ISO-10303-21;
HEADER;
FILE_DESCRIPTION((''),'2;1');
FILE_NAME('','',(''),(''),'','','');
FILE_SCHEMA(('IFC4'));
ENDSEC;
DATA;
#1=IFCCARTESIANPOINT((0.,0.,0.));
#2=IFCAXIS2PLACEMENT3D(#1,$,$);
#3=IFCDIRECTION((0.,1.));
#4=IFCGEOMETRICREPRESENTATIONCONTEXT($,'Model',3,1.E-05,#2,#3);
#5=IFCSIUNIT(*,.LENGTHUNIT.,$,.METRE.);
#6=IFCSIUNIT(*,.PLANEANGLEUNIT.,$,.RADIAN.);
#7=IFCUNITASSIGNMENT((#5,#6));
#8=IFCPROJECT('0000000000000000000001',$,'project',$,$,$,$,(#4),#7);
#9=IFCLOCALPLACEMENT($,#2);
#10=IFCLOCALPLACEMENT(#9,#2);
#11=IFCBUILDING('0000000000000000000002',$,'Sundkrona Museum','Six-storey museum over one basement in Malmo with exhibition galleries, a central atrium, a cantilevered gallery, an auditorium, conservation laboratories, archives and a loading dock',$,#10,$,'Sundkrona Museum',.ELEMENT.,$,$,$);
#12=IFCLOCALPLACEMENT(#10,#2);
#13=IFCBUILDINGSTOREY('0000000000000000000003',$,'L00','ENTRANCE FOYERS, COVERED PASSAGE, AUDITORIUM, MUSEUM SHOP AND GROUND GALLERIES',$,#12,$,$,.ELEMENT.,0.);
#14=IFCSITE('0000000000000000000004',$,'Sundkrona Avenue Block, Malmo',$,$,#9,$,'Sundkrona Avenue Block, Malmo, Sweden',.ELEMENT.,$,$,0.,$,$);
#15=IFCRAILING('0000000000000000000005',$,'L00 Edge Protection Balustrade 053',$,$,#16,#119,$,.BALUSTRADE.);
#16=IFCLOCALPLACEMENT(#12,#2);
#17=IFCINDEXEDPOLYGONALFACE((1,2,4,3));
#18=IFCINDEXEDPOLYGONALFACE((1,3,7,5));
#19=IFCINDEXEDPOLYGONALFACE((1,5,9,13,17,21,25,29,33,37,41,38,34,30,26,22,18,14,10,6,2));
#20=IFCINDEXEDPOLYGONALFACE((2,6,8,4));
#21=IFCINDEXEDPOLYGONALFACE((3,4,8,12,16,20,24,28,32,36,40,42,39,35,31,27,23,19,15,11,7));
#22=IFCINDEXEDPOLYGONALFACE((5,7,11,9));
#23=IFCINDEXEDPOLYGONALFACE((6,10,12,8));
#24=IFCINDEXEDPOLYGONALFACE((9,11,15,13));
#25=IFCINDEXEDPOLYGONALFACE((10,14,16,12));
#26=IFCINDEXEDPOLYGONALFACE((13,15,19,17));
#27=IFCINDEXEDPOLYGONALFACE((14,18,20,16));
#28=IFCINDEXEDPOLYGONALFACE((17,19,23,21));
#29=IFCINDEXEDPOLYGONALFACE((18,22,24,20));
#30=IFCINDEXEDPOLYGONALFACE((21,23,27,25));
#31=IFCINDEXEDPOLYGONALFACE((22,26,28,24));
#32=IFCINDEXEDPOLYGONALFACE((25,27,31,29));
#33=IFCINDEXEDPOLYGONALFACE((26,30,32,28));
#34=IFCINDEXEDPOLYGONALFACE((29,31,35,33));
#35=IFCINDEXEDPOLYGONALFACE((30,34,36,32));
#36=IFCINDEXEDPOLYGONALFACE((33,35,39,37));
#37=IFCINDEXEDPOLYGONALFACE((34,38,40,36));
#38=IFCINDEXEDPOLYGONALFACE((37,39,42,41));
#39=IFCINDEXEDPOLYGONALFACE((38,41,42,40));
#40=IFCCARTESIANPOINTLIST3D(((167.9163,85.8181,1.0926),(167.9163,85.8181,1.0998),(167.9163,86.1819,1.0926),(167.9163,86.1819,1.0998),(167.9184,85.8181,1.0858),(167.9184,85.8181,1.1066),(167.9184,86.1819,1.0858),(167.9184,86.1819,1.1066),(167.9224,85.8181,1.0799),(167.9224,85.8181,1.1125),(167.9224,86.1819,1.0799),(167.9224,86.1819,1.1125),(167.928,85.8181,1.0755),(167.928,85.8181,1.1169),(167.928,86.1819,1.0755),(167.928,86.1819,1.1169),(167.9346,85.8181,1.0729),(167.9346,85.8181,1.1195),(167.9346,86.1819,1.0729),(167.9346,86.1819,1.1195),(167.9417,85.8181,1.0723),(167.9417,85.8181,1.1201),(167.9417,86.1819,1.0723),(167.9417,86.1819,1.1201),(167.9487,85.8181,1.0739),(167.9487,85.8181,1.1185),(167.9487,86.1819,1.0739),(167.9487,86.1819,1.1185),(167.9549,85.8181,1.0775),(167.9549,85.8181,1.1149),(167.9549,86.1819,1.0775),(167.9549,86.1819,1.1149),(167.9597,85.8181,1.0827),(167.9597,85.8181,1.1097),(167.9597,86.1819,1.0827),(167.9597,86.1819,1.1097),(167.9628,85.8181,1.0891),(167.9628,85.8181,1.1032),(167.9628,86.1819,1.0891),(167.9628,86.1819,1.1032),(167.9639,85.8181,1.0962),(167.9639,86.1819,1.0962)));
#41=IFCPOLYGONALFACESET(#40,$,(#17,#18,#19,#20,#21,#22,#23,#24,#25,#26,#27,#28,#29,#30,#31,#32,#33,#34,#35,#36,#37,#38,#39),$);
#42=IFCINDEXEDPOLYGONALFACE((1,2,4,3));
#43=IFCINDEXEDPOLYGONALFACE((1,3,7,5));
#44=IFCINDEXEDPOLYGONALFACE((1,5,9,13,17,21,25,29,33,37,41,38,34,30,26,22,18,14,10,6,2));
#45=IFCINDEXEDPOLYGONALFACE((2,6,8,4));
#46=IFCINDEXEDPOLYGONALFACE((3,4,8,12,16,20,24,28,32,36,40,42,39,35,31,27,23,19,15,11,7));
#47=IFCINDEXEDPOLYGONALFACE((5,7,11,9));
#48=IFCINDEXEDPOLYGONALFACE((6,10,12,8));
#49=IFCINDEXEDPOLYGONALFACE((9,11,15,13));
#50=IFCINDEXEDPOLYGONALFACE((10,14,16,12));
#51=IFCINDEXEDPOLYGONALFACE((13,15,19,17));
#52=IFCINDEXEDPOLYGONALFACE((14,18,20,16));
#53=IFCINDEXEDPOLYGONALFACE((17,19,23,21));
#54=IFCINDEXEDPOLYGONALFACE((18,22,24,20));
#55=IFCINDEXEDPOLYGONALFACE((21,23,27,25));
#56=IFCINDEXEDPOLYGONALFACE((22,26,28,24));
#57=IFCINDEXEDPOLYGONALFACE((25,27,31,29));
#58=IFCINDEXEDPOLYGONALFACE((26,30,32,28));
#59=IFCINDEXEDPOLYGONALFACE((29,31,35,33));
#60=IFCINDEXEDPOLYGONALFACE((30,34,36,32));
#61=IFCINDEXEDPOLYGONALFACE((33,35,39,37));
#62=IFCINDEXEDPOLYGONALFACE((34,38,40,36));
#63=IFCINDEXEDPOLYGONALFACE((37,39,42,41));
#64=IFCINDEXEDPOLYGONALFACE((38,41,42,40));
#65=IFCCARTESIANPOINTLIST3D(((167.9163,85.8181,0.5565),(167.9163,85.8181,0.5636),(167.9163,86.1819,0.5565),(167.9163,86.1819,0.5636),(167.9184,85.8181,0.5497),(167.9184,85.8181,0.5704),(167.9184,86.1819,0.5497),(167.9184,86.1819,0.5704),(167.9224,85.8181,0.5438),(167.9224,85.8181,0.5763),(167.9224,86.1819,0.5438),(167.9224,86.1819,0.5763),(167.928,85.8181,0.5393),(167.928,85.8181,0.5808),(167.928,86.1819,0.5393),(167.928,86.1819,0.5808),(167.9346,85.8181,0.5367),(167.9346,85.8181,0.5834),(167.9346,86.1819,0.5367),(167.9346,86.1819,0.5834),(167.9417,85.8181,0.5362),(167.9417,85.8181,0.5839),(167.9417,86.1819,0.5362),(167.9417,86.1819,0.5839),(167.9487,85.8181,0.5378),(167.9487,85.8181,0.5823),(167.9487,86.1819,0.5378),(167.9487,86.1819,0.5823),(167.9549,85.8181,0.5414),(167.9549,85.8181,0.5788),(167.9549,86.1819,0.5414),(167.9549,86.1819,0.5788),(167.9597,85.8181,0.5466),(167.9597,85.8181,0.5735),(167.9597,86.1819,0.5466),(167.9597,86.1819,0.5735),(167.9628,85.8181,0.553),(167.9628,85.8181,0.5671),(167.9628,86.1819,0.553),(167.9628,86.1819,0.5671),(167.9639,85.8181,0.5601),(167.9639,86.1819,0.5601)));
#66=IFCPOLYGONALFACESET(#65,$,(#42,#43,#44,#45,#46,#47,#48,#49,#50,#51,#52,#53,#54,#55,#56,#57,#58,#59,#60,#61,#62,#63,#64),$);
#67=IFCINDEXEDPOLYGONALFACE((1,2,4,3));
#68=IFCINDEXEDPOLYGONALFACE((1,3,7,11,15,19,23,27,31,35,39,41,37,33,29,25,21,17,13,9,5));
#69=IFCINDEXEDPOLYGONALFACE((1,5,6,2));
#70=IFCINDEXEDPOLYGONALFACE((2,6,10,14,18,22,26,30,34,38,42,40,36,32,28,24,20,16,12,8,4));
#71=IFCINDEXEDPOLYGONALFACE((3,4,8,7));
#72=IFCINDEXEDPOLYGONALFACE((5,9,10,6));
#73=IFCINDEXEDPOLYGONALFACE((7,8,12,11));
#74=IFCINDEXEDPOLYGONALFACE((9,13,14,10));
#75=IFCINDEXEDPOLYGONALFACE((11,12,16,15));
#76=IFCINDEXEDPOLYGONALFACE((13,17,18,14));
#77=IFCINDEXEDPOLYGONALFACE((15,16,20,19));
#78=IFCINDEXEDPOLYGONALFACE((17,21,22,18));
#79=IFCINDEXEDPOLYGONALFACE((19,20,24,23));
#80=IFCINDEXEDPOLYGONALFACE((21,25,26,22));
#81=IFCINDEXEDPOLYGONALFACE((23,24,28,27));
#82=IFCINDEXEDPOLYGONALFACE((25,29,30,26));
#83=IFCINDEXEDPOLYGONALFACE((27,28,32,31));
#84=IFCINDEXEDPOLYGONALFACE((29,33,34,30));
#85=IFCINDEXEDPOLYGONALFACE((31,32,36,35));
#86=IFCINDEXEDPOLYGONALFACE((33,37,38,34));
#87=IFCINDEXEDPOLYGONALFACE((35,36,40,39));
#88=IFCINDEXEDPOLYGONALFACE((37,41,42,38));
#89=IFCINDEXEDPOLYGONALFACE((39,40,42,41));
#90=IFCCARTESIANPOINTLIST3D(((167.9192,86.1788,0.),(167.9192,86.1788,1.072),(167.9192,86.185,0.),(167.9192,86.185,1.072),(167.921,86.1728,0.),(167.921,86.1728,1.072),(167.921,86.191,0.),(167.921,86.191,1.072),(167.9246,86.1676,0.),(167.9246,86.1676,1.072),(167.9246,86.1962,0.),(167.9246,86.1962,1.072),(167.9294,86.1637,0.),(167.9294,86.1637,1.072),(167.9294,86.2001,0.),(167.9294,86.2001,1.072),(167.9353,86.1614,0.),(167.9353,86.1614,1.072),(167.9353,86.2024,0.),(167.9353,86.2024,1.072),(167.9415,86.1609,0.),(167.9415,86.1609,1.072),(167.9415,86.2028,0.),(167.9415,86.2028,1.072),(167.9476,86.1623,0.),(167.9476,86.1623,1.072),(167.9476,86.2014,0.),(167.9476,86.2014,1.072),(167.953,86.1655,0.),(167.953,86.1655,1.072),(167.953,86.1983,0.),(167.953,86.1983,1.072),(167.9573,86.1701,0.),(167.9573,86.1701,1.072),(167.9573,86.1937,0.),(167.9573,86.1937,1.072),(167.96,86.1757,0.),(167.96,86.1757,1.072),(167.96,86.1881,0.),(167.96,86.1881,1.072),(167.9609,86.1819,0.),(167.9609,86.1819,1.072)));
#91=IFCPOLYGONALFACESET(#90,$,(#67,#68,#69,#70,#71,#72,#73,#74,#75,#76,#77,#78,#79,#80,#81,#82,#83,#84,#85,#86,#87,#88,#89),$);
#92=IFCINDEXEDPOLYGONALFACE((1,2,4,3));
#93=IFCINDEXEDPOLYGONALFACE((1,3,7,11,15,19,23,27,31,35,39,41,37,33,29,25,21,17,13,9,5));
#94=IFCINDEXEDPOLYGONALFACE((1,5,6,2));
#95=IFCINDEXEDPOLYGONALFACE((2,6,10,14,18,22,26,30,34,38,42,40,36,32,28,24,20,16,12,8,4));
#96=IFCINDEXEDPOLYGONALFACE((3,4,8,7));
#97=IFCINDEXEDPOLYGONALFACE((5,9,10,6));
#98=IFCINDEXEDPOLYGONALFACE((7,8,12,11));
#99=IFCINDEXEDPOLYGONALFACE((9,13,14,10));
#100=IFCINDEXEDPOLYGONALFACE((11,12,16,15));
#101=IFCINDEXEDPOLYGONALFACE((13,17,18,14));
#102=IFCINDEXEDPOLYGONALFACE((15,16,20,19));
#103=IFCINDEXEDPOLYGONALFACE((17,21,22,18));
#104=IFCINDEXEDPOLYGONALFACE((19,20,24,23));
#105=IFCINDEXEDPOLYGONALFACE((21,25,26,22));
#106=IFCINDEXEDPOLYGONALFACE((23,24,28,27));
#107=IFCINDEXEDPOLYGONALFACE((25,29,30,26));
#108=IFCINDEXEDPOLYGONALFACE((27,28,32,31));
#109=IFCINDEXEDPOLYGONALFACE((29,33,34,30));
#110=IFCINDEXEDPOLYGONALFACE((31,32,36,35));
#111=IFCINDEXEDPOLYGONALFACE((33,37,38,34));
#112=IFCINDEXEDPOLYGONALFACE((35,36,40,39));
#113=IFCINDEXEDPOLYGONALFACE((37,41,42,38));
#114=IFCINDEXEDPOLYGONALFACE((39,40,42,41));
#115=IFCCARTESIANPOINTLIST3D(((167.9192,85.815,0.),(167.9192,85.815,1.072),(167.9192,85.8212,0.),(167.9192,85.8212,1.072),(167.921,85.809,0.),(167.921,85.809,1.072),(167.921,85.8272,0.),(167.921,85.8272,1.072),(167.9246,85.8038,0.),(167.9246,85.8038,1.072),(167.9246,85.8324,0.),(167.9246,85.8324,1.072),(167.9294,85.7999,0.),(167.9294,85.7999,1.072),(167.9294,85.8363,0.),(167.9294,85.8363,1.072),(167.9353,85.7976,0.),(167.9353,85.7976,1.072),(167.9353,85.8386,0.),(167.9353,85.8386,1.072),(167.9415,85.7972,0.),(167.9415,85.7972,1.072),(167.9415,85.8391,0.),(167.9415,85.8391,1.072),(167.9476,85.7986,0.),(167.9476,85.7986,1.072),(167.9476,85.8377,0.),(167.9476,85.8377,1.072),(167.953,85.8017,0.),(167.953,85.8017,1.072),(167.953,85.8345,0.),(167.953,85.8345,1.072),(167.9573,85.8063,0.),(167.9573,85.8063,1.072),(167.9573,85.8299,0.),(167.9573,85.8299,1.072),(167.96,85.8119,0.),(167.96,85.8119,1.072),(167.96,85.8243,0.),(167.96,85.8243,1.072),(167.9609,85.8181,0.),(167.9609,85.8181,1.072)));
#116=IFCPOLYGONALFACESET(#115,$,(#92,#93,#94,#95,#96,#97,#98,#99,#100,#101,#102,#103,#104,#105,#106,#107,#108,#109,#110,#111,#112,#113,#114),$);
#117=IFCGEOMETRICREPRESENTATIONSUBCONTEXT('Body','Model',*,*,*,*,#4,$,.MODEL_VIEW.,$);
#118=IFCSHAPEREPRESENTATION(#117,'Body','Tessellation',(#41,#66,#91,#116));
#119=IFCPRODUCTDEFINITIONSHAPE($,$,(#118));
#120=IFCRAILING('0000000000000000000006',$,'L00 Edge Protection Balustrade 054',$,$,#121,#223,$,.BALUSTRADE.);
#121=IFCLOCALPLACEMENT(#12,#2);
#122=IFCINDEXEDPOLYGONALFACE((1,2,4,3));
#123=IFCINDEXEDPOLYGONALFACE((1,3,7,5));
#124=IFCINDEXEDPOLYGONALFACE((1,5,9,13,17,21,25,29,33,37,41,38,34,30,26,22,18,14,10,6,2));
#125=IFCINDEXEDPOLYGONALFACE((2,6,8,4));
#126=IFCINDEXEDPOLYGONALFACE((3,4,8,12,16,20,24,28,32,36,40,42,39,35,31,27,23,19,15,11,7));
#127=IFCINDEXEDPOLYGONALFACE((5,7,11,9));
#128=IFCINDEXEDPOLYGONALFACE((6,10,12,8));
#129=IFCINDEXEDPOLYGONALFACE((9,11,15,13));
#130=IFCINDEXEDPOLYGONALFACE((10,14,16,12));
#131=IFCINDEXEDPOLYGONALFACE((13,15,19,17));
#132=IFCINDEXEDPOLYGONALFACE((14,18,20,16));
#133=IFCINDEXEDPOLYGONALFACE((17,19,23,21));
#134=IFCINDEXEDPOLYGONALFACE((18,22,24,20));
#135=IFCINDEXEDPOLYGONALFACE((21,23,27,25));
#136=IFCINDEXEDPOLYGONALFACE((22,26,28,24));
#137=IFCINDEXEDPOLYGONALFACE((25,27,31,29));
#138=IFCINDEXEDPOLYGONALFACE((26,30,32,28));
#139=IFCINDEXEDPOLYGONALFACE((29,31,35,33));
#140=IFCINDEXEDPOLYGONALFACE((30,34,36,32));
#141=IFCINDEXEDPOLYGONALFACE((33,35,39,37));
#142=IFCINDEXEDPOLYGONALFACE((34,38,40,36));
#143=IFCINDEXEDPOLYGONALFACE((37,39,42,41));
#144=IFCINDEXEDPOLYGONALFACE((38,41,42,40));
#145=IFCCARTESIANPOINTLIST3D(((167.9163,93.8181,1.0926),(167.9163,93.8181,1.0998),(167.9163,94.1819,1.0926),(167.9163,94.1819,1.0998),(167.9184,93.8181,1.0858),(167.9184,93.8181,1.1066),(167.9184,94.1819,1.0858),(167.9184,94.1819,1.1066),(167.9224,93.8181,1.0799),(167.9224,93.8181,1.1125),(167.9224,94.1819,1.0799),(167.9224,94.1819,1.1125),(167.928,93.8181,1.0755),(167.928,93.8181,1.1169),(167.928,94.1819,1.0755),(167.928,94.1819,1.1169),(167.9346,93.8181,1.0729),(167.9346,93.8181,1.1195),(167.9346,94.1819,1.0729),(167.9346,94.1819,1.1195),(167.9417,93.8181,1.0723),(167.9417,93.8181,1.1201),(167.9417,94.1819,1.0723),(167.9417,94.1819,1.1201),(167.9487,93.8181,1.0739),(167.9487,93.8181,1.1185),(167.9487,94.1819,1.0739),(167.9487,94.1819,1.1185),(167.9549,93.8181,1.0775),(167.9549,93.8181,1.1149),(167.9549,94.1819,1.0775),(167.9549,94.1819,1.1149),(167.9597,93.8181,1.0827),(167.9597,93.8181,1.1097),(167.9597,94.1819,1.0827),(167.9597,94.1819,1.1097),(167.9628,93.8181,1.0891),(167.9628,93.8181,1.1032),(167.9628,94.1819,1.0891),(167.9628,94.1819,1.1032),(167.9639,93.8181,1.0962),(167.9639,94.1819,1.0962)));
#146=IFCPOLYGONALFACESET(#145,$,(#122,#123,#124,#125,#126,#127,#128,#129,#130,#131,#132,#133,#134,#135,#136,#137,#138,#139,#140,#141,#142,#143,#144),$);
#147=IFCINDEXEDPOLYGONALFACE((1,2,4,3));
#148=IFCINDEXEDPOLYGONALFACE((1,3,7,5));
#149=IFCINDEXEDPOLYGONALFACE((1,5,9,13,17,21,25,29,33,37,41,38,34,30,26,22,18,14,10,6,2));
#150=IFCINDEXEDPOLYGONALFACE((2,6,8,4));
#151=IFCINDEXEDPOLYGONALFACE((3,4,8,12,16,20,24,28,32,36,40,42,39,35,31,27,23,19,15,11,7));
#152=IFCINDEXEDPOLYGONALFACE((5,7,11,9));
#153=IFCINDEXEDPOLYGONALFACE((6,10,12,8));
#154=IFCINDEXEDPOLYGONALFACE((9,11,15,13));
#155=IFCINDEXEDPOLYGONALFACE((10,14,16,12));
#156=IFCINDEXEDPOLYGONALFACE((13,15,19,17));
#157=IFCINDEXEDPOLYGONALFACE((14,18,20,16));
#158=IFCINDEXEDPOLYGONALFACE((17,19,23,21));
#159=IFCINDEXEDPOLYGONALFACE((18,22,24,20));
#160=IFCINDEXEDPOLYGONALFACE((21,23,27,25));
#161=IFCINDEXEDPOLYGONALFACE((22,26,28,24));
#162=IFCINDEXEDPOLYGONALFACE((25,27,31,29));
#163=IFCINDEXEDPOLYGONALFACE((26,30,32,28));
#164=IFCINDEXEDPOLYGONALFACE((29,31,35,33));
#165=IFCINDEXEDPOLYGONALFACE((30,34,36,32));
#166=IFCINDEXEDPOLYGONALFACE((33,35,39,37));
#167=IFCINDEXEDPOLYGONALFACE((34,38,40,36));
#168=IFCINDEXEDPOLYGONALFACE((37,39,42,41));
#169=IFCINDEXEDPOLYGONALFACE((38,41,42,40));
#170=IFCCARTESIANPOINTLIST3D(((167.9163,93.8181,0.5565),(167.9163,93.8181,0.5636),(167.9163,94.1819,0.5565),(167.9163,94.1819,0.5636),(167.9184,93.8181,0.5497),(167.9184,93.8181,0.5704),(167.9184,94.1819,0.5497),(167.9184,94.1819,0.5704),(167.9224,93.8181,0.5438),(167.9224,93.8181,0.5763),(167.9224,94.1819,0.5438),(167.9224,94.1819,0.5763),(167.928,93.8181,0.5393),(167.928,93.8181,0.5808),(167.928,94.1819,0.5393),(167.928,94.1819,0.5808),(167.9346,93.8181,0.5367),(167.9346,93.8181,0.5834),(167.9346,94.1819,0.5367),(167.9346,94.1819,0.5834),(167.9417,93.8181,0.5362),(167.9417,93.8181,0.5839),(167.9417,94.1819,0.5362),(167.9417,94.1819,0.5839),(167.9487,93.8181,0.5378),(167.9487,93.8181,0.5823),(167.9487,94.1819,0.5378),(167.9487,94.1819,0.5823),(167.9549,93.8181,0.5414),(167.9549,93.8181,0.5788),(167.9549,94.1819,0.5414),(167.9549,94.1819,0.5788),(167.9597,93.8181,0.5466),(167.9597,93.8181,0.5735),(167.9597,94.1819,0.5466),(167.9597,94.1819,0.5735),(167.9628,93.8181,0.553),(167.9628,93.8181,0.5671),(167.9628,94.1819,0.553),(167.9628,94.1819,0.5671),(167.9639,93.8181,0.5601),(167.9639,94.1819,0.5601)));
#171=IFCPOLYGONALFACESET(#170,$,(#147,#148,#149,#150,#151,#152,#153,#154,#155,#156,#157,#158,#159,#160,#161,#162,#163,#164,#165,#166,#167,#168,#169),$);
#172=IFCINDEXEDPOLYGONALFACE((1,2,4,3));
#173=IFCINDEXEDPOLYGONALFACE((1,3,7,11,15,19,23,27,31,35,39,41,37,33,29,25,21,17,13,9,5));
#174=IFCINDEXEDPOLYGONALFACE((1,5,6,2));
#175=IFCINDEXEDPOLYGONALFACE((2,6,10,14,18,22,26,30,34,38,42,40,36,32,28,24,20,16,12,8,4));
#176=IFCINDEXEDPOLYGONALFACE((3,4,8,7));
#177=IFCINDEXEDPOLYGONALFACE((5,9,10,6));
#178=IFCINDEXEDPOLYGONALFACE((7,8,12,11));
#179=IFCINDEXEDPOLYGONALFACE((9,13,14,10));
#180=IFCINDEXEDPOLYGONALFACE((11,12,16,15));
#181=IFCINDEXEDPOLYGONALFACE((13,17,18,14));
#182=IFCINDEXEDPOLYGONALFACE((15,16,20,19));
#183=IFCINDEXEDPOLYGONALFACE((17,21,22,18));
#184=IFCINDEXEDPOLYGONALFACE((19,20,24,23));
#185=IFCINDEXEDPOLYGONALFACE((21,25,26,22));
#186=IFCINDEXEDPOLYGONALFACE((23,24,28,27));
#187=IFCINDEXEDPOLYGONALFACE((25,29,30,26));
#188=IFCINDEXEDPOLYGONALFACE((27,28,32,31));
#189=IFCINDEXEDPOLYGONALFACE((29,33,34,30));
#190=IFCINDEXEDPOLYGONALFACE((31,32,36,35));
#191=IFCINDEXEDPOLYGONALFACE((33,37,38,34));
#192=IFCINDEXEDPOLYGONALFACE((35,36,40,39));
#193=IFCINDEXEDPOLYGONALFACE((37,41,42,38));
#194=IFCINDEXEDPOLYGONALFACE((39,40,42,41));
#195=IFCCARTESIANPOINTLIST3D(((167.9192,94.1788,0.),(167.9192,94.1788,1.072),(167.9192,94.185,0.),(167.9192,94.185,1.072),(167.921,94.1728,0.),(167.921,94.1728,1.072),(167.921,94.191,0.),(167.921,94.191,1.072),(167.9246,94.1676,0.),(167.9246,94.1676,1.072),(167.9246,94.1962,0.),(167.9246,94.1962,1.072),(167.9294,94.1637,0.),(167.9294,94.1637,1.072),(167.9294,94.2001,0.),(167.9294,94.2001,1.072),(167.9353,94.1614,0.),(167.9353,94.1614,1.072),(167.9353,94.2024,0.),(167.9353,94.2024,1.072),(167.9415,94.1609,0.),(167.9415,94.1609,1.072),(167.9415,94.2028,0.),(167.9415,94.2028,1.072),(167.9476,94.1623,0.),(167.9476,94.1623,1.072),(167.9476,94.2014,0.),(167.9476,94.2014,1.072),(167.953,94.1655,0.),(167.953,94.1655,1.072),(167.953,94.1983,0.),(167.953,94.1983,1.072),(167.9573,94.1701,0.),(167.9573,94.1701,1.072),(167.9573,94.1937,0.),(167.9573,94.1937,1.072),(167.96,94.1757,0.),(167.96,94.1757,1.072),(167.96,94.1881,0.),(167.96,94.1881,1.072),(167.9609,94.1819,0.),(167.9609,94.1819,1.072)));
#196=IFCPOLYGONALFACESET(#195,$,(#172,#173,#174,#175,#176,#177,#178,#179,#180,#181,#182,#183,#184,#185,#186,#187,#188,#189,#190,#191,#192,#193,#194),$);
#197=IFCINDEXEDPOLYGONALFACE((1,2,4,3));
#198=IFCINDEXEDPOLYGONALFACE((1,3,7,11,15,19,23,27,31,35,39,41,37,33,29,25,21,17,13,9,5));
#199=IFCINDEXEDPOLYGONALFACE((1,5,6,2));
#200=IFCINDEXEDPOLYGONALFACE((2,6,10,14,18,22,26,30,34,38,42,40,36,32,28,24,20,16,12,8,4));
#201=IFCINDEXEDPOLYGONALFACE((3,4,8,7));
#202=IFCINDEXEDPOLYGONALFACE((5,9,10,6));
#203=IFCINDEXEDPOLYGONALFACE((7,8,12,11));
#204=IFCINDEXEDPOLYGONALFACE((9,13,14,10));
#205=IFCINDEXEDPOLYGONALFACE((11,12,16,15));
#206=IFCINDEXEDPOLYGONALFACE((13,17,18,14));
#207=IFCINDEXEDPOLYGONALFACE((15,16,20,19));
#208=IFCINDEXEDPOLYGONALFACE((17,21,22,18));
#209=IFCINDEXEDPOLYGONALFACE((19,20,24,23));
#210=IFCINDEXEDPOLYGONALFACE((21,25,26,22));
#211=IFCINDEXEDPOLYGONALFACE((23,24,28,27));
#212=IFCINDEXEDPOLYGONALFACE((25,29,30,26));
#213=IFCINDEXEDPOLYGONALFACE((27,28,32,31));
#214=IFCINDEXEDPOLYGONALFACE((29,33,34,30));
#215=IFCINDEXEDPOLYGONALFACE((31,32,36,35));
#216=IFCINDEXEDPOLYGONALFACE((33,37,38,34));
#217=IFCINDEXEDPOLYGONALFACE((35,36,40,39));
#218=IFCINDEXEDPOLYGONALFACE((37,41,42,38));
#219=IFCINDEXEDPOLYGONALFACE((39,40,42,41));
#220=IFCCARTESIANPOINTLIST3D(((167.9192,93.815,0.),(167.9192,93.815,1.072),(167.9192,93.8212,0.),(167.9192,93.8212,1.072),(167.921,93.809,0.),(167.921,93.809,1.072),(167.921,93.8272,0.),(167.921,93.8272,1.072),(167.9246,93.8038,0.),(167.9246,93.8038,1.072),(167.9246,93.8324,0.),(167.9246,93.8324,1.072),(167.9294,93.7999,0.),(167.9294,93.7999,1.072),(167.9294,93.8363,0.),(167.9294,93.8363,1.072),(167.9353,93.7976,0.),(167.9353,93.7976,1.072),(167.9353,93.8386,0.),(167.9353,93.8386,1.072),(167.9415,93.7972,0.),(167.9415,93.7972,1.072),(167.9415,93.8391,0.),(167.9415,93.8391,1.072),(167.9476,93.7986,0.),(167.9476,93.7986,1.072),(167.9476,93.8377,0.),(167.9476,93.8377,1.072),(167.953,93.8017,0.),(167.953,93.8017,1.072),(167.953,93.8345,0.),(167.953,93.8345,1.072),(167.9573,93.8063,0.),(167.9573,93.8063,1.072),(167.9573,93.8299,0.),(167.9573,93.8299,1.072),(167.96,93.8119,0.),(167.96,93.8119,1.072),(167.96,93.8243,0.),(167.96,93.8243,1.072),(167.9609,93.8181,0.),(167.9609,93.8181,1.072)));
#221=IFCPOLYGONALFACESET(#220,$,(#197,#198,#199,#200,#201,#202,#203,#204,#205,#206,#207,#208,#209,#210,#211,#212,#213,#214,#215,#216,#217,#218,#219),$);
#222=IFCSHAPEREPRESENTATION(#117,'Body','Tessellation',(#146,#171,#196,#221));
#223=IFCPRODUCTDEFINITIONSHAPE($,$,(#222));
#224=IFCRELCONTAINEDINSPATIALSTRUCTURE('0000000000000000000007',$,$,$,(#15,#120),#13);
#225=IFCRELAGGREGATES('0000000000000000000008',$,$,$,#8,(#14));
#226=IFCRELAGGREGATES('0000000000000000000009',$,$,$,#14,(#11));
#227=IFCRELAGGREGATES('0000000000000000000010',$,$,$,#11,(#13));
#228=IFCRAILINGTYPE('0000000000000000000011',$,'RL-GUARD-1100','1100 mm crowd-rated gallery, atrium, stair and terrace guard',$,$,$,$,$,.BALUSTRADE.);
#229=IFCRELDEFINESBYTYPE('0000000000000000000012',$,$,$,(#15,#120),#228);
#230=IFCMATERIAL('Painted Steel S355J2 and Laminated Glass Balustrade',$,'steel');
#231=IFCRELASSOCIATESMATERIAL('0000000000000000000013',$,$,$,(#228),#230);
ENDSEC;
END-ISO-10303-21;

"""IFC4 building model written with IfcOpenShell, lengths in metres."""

from ifc_helpers import new_model, si_unit, direction, frame, origin, origin_2d, place, context, subcontext, project, spatial, circle, extrude, material, type_object, element, save


model = new_model("IFC4")

# Units and contexts
model_context = context("Model", 3, precision=1e-05, world=origin(), true_north=direction((0.0, 1.0)))
body_context = subcontext(model_context, "Body", "Model", "MODEL_VIEW")
ifc_project = project(units=[si_unit("LENGTHUNIT", "METRE"), si_unit("PLANEANGLEUNIT", "RADIAN")], contexts=[model_context])

# Site, building, storey
site_placement = place(None, origin())
site = spatial("IfcSite", under=ifc_project, at=site_placement, Name="Sundkrona Avenue Block, Malmo", LongName="Sundkrona Avenue Block, Malmo, Sweden", CompositionType="ELEMENT", RefElevation=0.0)
building_placement = place(site_placement, origin())
building = spatial("IfcBuilding", under=site, at=building_placement, Name="Sundkrona Museum", Description="Six-storey museum over one basement in Malmo with exhibition galleries, a central atrium, a cantilevered gallery, an auditorium, conservation laboratories, archives and a loading dock", LongName="Sundkrona Museum", CompositionType="ELEMENT")
storey_placement = place(building_placement, origin())
storey = spatial("IfcBuildingStorey", under=building, at=storey_placement, Name="L00", Description="ENTRANCE FOYERS, COVERED PASSAGE, AUDITORIUM, MUSEUM SHOP AND GROUND GALLERIES", CompositionType="ELEMENT", Elevation=0.0)

# Railings
ifc_material_1 = material(Name="Painted Steel S355J2 and Laminated Glass Balustrade", Category="steel")
railing_type = type_object("IfcRailingType", Name="RL-GUARD-1100", Description="1100 mm crowd-rated gallery, atrium, stair and terrace guard", PredefinedType="BALUSTRADE", material=ifc_material_1)
for number, where, name in (
    (1, (167.9399, 86.1819, 0.0), "L00 Edge Protection Balustrade 053"),
    (2, (167.9399, 94.1819, 0.0), "L00 Edge Protection Balustrade 054"),
):
    element("IfcRailing", number, at=place(storey_placement, frame(where)), inside=storey, type_object=railing_type, Name=name, PredefinedType="BALUSTRADE", context=body_context, shape_type="SweptSolid", body=[
        extrude(circle(Radius=0.0239, at=origin_2d()), frame((0.0, 0.0, 1.0962), z_axis=(0.0, -1.0, 0.0), x_axis=(1.0, 0.0, 0.0)), (0.0, 0.0, 1.0), 0.3638),
        extrude(circle(Radius=0.0239, at=origin_2d()), frame((0.0, 0.0, 0.5601), z_axis=(0.0, -1.0, 0.0), x_axis=(1.0, 0.0, 0.0)), (0.0, 0.0, 1.0), 0.3638),
        extrude(circle(Radius=0.021, at=origin_2d()), origin(), (0.0, 0.0, 1.0), 1.072),
        extrude(circle(Radius=0.021, at=origin_2d()), frame((0.0, -0.3638, 0.0)), (0.0, 0.0, 1.0), 1.072),
    ])

save(model, "model.ifc")
